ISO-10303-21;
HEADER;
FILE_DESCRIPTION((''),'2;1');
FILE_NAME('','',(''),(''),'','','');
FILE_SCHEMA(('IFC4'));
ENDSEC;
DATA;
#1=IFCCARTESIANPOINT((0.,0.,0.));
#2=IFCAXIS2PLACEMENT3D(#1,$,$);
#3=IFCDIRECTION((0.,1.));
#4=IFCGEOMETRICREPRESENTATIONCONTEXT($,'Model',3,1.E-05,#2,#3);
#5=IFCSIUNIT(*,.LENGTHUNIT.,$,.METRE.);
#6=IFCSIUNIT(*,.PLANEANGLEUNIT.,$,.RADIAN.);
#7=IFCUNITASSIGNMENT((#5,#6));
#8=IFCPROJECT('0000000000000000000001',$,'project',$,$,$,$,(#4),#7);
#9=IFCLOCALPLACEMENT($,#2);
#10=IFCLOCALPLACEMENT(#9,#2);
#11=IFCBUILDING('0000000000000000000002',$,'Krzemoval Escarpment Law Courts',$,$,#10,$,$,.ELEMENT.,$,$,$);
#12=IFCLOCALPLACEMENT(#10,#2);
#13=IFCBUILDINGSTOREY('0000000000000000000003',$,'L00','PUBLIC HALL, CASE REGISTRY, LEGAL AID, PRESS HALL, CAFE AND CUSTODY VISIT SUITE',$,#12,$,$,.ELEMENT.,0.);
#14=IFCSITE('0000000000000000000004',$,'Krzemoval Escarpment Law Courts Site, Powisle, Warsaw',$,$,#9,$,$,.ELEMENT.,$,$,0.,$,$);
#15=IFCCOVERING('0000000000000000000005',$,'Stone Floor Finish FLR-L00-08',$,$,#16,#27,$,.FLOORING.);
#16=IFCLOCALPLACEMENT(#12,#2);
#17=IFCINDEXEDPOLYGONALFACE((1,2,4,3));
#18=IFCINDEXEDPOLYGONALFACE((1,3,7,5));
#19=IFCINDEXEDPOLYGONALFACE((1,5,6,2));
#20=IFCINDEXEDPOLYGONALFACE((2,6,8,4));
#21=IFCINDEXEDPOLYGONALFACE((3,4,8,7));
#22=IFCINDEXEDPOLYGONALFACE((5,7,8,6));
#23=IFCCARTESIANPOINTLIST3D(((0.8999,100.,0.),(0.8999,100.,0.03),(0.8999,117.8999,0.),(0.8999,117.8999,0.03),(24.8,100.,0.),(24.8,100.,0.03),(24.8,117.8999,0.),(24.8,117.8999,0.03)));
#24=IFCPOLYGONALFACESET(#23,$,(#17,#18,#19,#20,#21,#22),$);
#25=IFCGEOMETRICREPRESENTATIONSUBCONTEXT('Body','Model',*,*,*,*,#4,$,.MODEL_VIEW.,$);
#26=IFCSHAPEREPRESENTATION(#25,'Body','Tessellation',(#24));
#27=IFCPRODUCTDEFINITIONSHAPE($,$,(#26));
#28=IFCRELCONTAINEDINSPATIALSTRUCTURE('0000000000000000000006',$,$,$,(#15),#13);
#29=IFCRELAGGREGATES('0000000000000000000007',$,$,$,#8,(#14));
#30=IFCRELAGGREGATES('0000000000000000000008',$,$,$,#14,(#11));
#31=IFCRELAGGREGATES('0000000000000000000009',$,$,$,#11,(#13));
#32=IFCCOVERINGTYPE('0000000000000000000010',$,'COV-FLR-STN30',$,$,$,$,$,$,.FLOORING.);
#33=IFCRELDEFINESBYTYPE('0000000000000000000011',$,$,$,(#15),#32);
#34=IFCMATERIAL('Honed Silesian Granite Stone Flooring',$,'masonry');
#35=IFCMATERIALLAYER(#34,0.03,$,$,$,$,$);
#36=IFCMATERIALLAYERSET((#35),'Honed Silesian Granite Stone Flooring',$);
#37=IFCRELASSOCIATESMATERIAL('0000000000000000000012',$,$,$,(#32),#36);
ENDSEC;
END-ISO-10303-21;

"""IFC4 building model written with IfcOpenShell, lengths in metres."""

from ifc_helpers import new_model, si_unit, direction, origin, place, context, subcontext, project, spatial, polyline, outline, extrude, material, layer, layer_set, type_object, element, save


model = new_model("IFC4")

# Units and contexts
model_context = context("Model", 3, precision=1e-05, world=origin(), true_north=direction((0.0, 1.0)))
body_context = subcontext(model_context, "Body", "Model", "MODEL_VIEW")
ifc_project = project(units=[si_unit("LENGTHUNIT", "METRE"), si_unit("PLANEANGLEUNIT", "RADIAN")], contexts=[model_context])

# Site, building, storey
site_placement = place(None, origin())
site = spatial("IfcSite", under=ifc_project, at=site_placement, Name="Krzemoval Escarpment Law Courts Site, Powisle, Warsaw", CompositionType="ELEMENT", RefElevation=0.0)
building_placement = place(site_placement, origin())
building = spatial("IfcBuilding", under=site, at=building_placement, Name="Krzemoval Escarpment Law Courts", CompositionType="ELEMENT")
storey_placement = place(building_placement, origin())
storey = spatial("IfcBuildingStorey", under=building, at=storey_placement, Name="L00", Description="PUBLIC HALL, CASE REGISTRY, LEGAL AID, PRESS HALL, CAFE AND CUSTODY VISIT SUITE", CompositionType="ELEMENT", Elevation=0.0)

# Covering
ifc_material_1 = material(Name="Honed Silesian Granite Stone Flooring", Category="masonry")
ifc_layer_1 = layer(ifc_material_1, 0.03)
ifc_layer_set_1 = layer_set([ifc_layer_1], Name="Honed Silesian Granite Stone Flooring")
covering_type_1 = type_object("IfcCoveringType", Name="COV-FLR-STN30", PredefinedType="FLOORING", material=ifc_layer_set_1)
covering_1_placement = place(storey_placement, origin())
element("IfcCovering", 1, at=covering_1_placement, inside=storey, type_object=covering_type_1, Name="Stone Floor Finish FLR-L00-08", PredefinedType="FLOORING", context=body_context, shape_type="SweptSolid", body=[
    extrude(outline(polyline([(0.8999, 100.0), (0.8999, 117.8999), (24.8, 117.8999), (24.8, 100.0), (0.8999, 100.0)])), origin(), (0.0, 0.0, 1.0), 0.03),
])

save(model, "model.ifc")
